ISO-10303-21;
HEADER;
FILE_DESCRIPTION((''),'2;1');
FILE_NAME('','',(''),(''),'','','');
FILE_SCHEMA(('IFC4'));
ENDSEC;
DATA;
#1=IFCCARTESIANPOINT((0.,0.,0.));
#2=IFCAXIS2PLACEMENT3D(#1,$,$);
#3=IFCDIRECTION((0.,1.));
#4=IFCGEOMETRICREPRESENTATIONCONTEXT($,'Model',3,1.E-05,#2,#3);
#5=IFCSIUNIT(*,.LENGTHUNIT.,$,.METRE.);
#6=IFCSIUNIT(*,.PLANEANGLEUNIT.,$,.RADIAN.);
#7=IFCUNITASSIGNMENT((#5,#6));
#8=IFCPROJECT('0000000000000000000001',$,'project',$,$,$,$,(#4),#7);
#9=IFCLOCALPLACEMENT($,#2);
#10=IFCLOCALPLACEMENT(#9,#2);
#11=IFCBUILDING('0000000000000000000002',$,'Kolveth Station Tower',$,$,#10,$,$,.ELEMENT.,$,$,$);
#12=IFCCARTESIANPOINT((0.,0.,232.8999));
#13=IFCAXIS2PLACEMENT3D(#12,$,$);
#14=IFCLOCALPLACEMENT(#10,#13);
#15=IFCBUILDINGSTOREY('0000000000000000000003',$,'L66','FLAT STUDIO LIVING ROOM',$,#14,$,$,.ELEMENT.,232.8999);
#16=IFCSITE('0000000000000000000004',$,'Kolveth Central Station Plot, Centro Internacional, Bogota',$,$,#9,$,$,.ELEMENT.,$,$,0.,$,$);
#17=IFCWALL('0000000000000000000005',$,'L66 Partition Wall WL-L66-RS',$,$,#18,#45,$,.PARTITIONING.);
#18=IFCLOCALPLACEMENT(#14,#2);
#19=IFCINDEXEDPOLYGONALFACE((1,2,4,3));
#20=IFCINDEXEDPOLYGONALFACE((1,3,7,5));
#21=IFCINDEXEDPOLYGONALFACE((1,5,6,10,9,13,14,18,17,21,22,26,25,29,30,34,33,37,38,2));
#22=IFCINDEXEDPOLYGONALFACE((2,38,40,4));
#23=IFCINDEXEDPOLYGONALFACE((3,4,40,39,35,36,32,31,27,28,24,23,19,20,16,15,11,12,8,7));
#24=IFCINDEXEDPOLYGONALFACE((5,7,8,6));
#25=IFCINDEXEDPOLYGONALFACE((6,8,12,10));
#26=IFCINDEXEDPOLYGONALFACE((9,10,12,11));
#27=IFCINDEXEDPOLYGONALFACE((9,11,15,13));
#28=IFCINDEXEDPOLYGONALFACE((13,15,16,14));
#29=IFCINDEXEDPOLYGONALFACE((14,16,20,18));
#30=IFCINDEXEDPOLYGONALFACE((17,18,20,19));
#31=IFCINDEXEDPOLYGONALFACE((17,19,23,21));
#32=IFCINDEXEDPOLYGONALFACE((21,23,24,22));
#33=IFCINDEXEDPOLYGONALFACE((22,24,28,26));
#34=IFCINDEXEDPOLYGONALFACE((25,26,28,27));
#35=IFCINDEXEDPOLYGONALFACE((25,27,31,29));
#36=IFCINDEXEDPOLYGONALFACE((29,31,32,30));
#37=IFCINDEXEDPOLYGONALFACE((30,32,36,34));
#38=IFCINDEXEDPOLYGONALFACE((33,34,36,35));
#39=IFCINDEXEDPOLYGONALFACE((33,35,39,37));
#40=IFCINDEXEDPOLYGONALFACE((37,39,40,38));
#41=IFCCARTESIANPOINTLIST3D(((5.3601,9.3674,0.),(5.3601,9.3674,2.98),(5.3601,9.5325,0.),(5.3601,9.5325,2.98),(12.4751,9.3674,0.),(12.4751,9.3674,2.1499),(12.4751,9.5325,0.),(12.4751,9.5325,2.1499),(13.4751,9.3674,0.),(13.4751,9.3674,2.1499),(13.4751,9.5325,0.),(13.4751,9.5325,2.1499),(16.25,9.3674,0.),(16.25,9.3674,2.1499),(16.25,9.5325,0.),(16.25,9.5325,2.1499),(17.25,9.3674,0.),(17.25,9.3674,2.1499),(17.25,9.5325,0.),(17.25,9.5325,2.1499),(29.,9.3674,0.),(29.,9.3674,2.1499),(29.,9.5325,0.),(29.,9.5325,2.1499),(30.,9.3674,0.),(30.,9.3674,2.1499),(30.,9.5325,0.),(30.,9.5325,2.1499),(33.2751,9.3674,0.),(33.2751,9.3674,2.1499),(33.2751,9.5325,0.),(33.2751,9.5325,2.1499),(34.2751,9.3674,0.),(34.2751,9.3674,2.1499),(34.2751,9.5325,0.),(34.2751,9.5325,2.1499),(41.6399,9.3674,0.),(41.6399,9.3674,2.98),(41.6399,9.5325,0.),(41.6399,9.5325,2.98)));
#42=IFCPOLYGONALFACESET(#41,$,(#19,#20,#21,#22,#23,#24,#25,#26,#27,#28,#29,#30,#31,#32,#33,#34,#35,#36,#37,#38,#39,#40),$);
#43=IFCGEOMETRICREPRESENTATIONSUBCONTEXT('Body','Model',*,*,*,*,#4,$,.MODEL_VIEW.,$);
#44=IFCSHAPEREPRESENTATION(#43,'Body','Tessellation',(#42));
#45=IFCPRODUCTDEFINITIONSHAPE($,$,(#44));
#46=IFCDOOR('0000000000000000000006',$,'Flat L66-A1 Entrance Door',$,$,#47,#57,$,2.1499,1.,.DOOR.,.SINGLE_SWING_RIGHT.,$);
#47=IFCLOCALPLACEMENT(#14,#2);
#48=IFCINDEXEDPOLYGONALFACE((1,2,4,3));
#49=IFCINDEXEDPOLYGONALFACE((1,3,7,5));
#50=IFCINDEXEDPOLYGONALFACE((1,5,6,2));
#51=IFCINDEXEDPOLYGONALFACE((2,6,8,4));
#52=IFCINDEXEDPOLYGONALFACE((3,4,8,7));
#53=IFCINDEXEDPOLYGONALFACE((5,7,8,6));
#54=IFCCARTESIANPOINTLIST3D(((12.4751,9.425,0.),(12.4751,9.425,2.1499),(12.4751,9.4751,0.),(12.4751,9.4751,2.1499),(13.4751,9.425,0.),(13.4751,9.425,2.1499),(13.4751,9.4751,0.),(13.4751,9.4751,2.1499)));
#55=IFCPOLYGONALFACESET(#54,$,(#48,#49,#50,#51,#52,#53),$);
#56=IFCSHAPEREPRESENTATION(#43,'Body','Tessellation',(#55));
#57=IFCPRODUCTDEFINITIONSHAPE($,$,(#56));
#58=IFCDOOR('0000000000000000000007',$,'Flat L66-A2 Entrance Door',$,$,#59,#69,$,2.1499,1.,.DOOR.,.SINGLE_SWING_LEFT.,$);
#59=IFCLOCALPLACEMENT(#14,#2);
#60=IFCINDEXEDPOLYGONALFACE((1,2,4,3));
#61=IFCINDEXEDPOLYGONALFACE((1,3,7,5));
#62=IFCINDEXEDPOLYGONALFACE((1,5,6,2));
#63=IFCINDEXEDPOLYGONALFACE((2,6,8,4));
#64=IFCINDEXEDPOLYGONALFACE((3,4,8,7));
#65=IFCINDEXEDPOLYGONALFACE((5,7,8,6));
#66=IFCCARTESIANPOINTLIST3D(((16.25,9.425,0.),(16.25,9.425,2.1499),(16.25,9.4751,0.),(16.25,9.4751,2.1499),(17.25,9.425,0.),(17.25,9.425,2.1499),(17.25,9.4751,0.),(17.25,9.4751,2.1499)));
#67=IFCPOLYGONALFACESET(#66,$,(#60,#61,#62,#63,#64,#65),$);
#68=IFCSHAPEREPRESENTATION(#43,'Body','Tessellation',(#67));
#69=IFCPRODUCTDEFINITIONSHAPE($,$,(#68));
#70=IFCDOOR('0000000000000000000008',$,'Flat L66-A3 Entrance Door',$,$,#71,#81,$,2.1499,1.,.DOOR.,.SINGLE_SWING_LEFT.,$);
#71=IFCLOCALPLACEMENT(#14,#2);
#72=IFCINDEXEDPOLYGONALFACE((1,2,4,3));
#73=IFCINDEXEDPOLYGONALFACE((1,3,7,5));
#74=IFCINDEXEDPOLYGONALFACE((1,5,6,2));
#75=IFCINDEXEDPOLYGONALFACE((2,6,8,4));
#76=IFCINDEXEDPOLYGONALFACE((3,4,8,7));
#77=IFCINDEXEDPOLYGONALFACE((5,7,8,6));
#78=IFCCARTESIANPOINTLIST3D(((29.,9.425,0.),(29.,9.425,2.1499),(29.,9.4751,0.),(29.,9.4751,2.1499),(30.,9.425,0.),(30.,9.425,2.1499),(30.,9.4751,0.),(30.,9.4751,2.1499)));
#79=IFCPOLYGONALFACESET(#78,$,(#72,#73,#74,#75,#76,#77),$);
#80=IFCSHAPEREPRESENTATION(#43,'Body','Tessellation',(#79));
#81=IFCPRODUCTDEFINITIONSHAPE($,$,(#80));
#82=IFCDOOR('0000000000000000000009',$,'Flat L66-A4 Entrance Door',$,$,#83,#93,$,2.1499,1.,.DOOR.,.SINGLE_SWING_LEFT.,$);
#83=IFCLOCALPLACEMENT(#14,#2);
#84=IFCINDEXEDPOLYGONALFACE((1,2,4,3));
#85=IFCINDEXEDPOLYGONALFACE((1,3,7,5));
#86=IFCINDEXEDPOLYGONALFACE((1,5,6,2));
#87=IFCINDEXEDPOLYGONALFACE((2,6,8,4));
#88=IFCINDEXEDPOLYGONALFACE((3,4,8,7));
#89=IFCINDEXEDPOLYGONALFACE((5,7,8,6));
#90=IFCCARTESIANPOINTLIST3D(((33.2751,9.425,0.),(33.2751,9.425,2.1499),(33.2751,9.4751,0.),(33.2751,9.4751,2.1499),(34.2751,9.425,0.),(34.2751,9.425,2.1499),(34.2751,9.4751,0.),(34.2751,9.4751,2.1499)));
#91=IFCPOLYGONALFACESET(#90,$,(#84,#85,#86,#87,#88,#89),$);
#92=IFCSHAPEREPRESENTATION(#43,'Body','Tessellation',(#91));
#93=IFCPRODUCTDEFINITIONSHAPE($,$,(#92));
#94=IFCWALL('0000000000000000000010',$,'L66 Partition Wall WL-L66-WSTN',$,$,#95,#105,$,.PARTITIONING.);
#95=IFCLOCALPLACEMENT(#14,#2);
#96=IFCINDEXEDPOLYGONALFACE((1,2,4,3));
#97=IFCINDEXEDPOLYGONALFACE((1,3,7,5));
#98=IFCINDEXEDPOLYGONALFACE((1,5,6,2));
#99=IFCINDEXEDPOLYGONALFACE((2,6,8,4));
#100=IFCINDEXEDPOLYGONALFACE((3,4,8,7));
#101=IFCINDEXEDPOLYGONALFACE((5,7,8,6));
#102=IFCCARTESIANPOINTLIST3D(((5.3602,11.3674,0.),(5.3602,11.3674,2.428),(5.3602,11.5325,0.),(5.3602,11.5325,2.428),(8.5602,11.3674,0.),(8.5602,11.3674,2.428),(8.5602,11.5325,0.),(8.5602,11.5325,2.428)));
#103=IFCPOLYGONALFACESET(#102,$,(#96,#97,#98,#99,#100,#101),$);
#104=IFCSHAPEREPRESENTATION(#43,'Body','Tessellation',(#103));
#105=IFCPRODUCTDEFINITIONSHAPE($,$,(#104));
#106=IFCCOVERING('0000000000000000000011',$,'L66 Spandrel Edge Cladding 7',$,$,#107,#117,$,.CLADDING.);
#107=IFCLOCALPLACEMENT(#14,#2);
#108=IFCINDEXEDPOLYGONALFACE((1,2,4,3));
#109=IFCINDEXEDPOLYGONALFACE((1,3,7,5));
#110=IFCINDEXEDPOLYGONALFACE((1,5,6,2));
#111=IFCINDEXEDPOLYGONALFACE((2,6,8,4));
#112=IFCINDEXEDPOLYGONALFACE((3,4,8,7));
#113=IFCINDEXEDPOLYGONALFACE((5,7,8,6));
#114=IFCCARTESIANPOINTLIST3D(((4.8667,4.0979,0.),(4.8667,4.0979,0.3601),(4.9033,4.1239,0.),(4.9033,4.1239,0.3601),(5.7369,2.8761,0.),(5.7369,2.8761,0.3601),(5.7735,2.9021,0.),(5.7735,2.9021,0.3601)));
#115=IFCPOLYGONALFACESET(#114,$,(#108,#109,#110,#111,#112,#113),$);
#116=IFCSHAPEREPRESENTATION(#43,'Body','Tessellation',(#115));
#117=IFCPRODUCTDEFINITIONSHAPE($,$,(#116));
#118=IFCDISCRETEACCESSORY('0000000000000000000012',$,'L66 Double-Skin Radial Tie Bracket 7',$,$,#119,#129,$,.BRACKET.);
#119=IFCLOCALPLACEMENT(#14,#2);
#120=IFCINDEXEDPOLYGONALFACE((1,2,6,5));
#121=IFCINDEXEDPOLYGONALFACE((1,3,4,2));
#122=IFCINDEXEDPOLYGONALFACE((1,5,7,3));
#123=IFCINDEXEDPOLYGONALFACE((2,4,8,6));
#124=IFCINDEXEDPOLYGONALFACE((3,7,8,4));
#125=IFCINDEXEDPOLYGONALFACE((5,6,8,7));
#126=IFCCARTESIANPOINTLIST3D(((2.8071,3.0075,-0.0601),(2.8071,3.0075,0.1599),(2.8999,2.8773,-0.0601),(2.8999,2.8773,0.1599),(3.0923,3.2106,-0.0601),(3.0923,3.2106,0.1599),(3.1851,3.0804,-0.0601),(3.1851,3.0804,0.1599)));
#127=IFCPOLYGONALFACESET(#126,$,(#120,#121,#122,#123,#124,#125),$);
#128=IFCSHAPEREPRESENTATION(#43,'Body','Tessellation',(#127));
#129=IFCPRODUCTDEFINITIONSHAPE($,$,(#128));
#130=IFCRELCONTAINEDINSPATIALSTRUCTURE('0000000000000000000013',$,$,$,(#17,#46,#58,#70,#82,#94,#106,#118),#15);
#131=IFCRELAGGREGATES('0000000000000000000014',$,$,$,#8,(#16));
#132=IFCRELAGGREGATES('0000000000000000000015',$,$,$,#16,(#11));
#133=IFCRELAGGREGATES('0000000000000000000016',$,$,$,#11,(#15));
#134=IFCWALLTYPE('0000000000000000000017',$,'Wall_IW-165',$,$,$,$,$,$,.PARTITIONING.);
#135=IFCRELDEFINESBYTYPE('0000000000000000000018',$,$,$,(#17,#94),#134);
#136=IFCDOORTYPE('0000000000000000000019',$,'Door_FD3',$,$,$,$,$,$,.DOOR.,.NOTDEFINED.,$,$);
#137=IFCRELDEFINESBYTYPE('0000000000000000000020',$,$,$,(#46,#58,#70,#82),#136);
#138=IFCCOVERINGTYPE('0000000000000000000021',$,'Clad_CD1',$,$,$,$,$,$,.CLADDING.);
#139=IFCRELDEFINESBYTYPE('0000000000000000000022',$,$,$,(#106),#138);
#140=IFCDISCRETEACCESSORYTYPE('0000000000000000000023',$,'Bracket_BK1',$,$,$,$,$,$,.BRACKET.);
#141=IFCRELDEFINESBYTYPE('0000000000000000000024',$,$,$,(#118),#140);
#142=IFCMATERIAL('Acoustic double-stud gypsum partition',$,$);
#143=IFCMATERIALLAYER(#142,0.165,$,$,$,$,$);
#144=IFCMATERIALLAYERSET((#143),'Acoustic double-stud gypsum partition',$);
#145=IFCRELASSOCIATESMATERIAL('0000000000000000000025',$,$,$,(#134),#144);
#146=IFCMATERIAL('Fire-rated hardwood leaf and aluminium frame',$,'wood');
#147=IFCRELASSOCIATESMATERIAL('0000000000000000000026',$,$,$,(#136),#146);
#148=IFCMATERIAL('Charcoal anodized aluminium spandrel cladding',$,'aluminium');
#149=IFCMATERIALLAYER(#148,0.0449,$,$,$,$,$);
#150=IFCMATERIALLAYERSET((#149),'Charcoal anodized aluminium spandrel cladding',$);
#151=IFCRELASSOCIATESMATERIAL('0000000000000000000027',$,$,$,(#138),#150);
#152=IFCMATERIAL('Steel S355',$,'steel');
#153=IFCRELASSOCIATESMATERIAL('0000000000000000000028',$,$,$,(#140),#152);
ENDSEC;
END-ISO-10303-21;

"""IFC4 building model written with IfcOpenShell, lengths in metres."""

from ifc_helpers import new_model, si_unit, direction, frame, frame_2d, origin, origin_2d, place, context, subcontext, project, spatial, rectangle, extrude, source, transform, mapped, material, layer, layer_set, type_object, element, fill, save


model = new_model("IFC4")

# Units and contexts
model_context = context("Model", 3, precision=1e-05, world=origin(), true_north=direction((0.0, 1.0)))
body_context = subcontext(model_context, "Body", "Model", "MODEL_VIEW")
ifc_project = project(units=[si_unit("LENGTHUNIT", "METRE"), si_unit("PLANEANGLEUNIT", "RADIAN")], contexts=[model_context])

# Site, building, storey
site_placement = place(None, origin())
site = spatial("IfcSite", under=ifc_project, at=site_placement, Name="Kolveth Central Station Plot, Centro Internacional, Bogota", CompositionType="ELEMENT", RefElevation=0.0)
building_placement = place(site_placement, origin())
building = spatial("IfcBuilding", under=site, at=building_placement, Name="Kolveth Station Tower", CompositionType="ELEMENT")
storey_placement = place(building_placement, frame((0.0, 0.0, 232.8999)))
storey = spatial("IfcBuildingStorey", under=building, at=storey_placement, Name="L66", Description="FLAT STUDIO LIVING ROOM", CompositionType="ELEMENT", Elevation=232.8999)

# Shared definitions
ifc_material_1 = material(Name="Steel S355", Category="steel")

# Wall, openings, doors
ifc_material_2 = material(Name="Acoustic double-stud gypsum partition")
ifc_layer_1 = layer(ifc_material_2, 0.165)
ifc_layer_set_1 = layer_set([ifc_layer_1], Name="Acoustic double-stud gypsum partition")
wall_type_1 = type_object("IfcWallType", Name="Wall_IW-165", PredefinedType="PARTITIONING", material=ifc_layer_set_1)
wall_1_placement = place(storey_placement, frame((5.3601, 9.45, 0.0), z_axis=(0.0, 0.0, 1.0), x_axis=(1.0, 0.0, 0.0)))
wall_1 = element("IfcWall", 1, at=wall_1_placement, inside=storey, type_object=wall_type_1, Name="L66 Partition Wall WL-L66-RS", PredefinedType="PARTITIONING", context=body_context, shape_type="SweptSolid", body=[
    extrude(rectangle(XDim=36.2798, YDim=0.165, at=frame_2d((18.1399, 0.0))), origin(), (0.0, 0.0, 1.0), 2.98),
])
opening_1_placement = place(wall_1_placement, frame((7.115, 0.0, 0.0)))
opening_1 = element("IfcOpeningElement", 2, at=opening_1_placement, cuts=wall_1, PredefinedType="OPENING", context=body_context, shape_type="SweptSolid", body=[
    extrude(rectangle(XDim=1.0, YDim=2.1499, at=frame_2d((0.5, 1.075))), frame((0.0, 0.0925, 0.0), z_axis=(0.0, -1.0, 0.0), x_axis=(1.0, 0.0, 0.0)), (0.0, 0.0, 1.0), 0.1851),
])
opening_2_placement = place(wall_1_placement, frame((10.8899, 0.0, 0.0)))
opening_2 = element("IfcOpeningElement", 3, at=opening_2_placement, cuts=wall_1, PredefinedType="OPENING", context=body_context, shape_type="SweptSolid", body=[
    extrude(rectangle(XDim=1.0, YDim=2.1499, at=frame_2d((0.5, 1.075))), frame((0.0, 0.0925, 0.0), z_axis=(0.0, -1.0, 0.0), x_axis=(1.0, 0.0, 0.0)), (0.0, 0.0, 1.0), 0.1851),
])
opening_3_placement = place(wall_1_placement, frame((23.6399, 0.0, 0.0)))
opening_3 = element("IfcOpeningElement", 4, at=opening_3_placement, cuts=wall_1, PredefinedType="OPENING", context=body_context, shape_type="SweptSolid", body=[
    extrude(rectangle(XDim=1.0, YDim=2.1499, at=frame_2d((0.5, 1.075))), frame((0.0, 0.0925, 0.0), z_axis=(0.0, -1.0, 0.0), x_axis=(1.0, 0.0, 0.0)), (0.0, 0.0, 1.0), 0.1851),
])
opening_4_placement = place(wall_1_placement, frame((27.915, 0.0, 0.0)))
opening_4 = element("IfcOpeningElement", 5, at=opening_4_placement, cuts=wall_1, PredefinedType="OPENING", context=body_context, shape_type="SweptSolid", body=[
    extrude(rectangle(XDim=1.0, YDim=2.1499, at=frame_2d((0.5, 1.075))), frame((0.0, 0.0925, 0.0), z_axis=(0.0, -1.0, 0.0), x_axis=(1.0, 0.0, 0.0)), (0.0, 0.0, 1.0), 0.1851),
])
ifc_material_3 = material(Name="Fire-rated hardwood leaf and aluminium frame", Category="wood")
door_type_1 = type_object("IfcDoorType", Name="Door_FD3", OperationType="NOTDEFINED", PredefinedType="DOOR", material=ifc_material_3)
door_1_placement = place(opening_1_placement, frame((1.0, 0.0, 0.0), z_axis=(0.0, 0.0, 1.0), x_axis=(-1.0, 0.0, 0.0)))
door_1 = element("IfcDoor", 6, at=door_1_placement, inside=storey, type_object=door_type_1, Name="Flat L66-A1 Entrance Door", OperationType="SINGLE_SWING_RIGHT", OverallHeight=2.1499, OverallWidth=1.0, PredefinedType="DOOR", context=body_context, shape_type="SweptSolid", body=[
    extrude(rectangle(XDim=1.0, YDim=2.1499, at=frame_2d((0.5, 1.075))), frame((0.0, 0.0249, 0.0), z_axis=(0.0, -1.0, 0.0), x_axis=(1.0, 0.0, 0.0)), (0.0, 0.0, 1.0), 0.05),
])
fill(opening_1, door_1)
door_2_placement = place(opening_2_placement, frame((1.0, 0.0, 0.0), z_axis=(0.0, 0.0, 1.0), x_axis=(-1.0, 0.0, 0.0)))
door_2 = element("IfcDoor", 7, at=door_2_placement, inside=storey, type_object=door_type_1, Name="Flat L66-A2 Entrance Door", OperationType="SINGLE_SWING_LEFT", OverallHeight=2.1499, OverallWidth=1.0, PredefinedType="DOOR", context=body_context, shape_type="SweptSolid", body=[
    extrude(rectangle(XDim=1.0, YDim=2.1499, at=frame_2d((0.5, 1.075))), frame((0.0, 0.0249, 0.0), z_axis=(0.0, -1.0, 0.0), x_axis=(1.0, 0.0, 0.0)), (0.0, 0.0, 1.0), 0.05),
])
fill(opening_2, door_2)
door_3_placement = place(opening_3_placement, frame((1.0, 0.0, 0.0), z_axis=(0.0, 0.0, 1.0), x_axis=(-1.0, 0.0, 0.0)))
door_3 = element("IfcDoor", 8, at=door_3_placement, inside=storey, type_object=door_type_1, Name="Flat L66-A3 Entrance Door", OperationType="SINGLE_SWING_LEFT", OverallHeight=2.1499, OverallWidth=1.0, PredefinedType="DOOR", context=body_context, shape_type="SweptSolid", body=[
    extrude(rectangle(XDim=1.0, YDim=2.1499, at=frame_2d((0.5, 1.075))), frame((0.0, 0.0249, 0.0), z_axis=(0.0, -1.0, 0.0), x_axis=(1.0, 0.0, 0.0)), (0.0, 0.0, 1.0), 0.05),
])
fill(opening_3, door_3)
door_4_placement = place(opening_4_placement, frame((1.0, 0.0, 0.0), z_axis=(0.0, 0.0, 1.0), x_axis=(-1.0, 0.0, 0.0)))
door_4 = element("IfcDoor", 9, at=door_4_placement, inside=storey, type_object=door_type_1, Name="Flat L66-A4 Entrance Door", OperationType="SINGLE_SWING_LEFT", OverallHeight=2.1499, OverallWidth=1.0, PredefinedType="DOOR", context=body_context, shape_type="SweptSolid", body=[
    extrude(rectangle(XDim=1.0, YDim=2.1499, at=frame_2d((0.5, 1.075))), frame((0.0, 0.0249, 0.0), z_axis=(0.0, -1.0, 0.0), x_axis=(1.0, 0.0, 0.0)), (0.0, 0.0, 1.0), 0.05),
])
fill(opening_4, door_4)

# Wall
wall_2_placement = place(storey_placement, frame((5.3601, 11.45, 0.0), z_axis=(0.0, 0.0, 1.0), x_axis=(1.0, 0.0, 0.0)))
element("IfcWall", 10, at=wall_2_placement, inside=storey, type_object=wall_type_1, Name="L66 Partition Wall WL-L66-WSTN", PredefinedType="PARTITIONING", context=body_context, shape_type="SweptSolid", body=[
    extrude(rectangle(XDim=3.2, YDim=0.165, at=frame_2d((1.6001, 0.0))), origin(), (0.0, 0.0, 1.0), 2.428),
])

# Covering
ifc_material_4 = material(Name="Charcoal anodized aluminium spandrel cladding", Category="aluminium")
ifc_layer_2 = layer(ifc_material_4, 0.0449)
ifc_layer_set_2 = layer_set([ifc_layer_2], Name="Charcoal anodized aluminium spandrel cladding")
covering_type = type_object("IfcCoveringType", Name="Clad_CD1", PredefinedType="CLADDING", material=ifc_layer_set_2)
shared_shape_1 = source(origin(), body_context, "Body", "SweptSolid", [
    extrude(rectangle(XDim=1.5, YDim=0.0449, at=origin_2d()), origin(), (0.0, 0.0, 1.0), 0.3601),
])
covering_placement = place(storey_placement, frame((5.3201, 3.5, 0.0), z_axis=(0.0, 0.0, 1.0), x_axis=(0.580134, -0.814521, 0.0)))
element("IfcCovering", 11, at=covering_placement, inside=storey, type_object=covering_type, Name="L66 Spandrel Edge Cladding 7", PredefinedType="CLADDING", context=body_context, shape_type="MappedRepresentation", body=[
    mapped(shared_shape_1, transform((0.0, 0.0, 0.0), x_axis=(1.0, 0.0, 0.0), y_axis=(0.0, 1.0, 0.0), z_axis=(0.0, 0.0, 1.0), scale=1.0)),
])

# Discrete accessory
discrete_accessory_type = type_object("IfcDiscreteAccessoryType", Name="Bracket_BK1", PredefinedType="BRACKET", material=ifc_material_1)
shared_shape_2 = source(origin(), body_context, "Body", "SweptSolid", [
    extrude(rectangle(XDim=0.3501, YDim=0.1599, at=origin_2d()), origin(), (0.0, 0.0, 1.0), 0.22),
])
discrete_accessory_placement = place(storey_placement, frame((2.9961, 3.0439, -0.0601), z_axis=(0.0, 0.0, 1.0), x_axis=(-0.814521, -0.580134, 0.0)))
element("IfcDiscreteAccessory", 12, at=discrete_accessory_placement, inside=storey, type_object=discrete_accessory_type, Name="L66 Double-Skin Radial Tie Bracket 7", PredefinedType="BRACKET", context=body_context, shape_type="MappedRepresentation", body=[
    mapped(shared_shape_2, transform((0.0, 0.0, 0.0), x_axis=(1.0, 0.0, 0.0), y_axis=(0.0, 1.0, 0.0), z_axis=(0.0, 0.0, 1.0), scale=1.0)),
])

save(model, "model.ifc")
